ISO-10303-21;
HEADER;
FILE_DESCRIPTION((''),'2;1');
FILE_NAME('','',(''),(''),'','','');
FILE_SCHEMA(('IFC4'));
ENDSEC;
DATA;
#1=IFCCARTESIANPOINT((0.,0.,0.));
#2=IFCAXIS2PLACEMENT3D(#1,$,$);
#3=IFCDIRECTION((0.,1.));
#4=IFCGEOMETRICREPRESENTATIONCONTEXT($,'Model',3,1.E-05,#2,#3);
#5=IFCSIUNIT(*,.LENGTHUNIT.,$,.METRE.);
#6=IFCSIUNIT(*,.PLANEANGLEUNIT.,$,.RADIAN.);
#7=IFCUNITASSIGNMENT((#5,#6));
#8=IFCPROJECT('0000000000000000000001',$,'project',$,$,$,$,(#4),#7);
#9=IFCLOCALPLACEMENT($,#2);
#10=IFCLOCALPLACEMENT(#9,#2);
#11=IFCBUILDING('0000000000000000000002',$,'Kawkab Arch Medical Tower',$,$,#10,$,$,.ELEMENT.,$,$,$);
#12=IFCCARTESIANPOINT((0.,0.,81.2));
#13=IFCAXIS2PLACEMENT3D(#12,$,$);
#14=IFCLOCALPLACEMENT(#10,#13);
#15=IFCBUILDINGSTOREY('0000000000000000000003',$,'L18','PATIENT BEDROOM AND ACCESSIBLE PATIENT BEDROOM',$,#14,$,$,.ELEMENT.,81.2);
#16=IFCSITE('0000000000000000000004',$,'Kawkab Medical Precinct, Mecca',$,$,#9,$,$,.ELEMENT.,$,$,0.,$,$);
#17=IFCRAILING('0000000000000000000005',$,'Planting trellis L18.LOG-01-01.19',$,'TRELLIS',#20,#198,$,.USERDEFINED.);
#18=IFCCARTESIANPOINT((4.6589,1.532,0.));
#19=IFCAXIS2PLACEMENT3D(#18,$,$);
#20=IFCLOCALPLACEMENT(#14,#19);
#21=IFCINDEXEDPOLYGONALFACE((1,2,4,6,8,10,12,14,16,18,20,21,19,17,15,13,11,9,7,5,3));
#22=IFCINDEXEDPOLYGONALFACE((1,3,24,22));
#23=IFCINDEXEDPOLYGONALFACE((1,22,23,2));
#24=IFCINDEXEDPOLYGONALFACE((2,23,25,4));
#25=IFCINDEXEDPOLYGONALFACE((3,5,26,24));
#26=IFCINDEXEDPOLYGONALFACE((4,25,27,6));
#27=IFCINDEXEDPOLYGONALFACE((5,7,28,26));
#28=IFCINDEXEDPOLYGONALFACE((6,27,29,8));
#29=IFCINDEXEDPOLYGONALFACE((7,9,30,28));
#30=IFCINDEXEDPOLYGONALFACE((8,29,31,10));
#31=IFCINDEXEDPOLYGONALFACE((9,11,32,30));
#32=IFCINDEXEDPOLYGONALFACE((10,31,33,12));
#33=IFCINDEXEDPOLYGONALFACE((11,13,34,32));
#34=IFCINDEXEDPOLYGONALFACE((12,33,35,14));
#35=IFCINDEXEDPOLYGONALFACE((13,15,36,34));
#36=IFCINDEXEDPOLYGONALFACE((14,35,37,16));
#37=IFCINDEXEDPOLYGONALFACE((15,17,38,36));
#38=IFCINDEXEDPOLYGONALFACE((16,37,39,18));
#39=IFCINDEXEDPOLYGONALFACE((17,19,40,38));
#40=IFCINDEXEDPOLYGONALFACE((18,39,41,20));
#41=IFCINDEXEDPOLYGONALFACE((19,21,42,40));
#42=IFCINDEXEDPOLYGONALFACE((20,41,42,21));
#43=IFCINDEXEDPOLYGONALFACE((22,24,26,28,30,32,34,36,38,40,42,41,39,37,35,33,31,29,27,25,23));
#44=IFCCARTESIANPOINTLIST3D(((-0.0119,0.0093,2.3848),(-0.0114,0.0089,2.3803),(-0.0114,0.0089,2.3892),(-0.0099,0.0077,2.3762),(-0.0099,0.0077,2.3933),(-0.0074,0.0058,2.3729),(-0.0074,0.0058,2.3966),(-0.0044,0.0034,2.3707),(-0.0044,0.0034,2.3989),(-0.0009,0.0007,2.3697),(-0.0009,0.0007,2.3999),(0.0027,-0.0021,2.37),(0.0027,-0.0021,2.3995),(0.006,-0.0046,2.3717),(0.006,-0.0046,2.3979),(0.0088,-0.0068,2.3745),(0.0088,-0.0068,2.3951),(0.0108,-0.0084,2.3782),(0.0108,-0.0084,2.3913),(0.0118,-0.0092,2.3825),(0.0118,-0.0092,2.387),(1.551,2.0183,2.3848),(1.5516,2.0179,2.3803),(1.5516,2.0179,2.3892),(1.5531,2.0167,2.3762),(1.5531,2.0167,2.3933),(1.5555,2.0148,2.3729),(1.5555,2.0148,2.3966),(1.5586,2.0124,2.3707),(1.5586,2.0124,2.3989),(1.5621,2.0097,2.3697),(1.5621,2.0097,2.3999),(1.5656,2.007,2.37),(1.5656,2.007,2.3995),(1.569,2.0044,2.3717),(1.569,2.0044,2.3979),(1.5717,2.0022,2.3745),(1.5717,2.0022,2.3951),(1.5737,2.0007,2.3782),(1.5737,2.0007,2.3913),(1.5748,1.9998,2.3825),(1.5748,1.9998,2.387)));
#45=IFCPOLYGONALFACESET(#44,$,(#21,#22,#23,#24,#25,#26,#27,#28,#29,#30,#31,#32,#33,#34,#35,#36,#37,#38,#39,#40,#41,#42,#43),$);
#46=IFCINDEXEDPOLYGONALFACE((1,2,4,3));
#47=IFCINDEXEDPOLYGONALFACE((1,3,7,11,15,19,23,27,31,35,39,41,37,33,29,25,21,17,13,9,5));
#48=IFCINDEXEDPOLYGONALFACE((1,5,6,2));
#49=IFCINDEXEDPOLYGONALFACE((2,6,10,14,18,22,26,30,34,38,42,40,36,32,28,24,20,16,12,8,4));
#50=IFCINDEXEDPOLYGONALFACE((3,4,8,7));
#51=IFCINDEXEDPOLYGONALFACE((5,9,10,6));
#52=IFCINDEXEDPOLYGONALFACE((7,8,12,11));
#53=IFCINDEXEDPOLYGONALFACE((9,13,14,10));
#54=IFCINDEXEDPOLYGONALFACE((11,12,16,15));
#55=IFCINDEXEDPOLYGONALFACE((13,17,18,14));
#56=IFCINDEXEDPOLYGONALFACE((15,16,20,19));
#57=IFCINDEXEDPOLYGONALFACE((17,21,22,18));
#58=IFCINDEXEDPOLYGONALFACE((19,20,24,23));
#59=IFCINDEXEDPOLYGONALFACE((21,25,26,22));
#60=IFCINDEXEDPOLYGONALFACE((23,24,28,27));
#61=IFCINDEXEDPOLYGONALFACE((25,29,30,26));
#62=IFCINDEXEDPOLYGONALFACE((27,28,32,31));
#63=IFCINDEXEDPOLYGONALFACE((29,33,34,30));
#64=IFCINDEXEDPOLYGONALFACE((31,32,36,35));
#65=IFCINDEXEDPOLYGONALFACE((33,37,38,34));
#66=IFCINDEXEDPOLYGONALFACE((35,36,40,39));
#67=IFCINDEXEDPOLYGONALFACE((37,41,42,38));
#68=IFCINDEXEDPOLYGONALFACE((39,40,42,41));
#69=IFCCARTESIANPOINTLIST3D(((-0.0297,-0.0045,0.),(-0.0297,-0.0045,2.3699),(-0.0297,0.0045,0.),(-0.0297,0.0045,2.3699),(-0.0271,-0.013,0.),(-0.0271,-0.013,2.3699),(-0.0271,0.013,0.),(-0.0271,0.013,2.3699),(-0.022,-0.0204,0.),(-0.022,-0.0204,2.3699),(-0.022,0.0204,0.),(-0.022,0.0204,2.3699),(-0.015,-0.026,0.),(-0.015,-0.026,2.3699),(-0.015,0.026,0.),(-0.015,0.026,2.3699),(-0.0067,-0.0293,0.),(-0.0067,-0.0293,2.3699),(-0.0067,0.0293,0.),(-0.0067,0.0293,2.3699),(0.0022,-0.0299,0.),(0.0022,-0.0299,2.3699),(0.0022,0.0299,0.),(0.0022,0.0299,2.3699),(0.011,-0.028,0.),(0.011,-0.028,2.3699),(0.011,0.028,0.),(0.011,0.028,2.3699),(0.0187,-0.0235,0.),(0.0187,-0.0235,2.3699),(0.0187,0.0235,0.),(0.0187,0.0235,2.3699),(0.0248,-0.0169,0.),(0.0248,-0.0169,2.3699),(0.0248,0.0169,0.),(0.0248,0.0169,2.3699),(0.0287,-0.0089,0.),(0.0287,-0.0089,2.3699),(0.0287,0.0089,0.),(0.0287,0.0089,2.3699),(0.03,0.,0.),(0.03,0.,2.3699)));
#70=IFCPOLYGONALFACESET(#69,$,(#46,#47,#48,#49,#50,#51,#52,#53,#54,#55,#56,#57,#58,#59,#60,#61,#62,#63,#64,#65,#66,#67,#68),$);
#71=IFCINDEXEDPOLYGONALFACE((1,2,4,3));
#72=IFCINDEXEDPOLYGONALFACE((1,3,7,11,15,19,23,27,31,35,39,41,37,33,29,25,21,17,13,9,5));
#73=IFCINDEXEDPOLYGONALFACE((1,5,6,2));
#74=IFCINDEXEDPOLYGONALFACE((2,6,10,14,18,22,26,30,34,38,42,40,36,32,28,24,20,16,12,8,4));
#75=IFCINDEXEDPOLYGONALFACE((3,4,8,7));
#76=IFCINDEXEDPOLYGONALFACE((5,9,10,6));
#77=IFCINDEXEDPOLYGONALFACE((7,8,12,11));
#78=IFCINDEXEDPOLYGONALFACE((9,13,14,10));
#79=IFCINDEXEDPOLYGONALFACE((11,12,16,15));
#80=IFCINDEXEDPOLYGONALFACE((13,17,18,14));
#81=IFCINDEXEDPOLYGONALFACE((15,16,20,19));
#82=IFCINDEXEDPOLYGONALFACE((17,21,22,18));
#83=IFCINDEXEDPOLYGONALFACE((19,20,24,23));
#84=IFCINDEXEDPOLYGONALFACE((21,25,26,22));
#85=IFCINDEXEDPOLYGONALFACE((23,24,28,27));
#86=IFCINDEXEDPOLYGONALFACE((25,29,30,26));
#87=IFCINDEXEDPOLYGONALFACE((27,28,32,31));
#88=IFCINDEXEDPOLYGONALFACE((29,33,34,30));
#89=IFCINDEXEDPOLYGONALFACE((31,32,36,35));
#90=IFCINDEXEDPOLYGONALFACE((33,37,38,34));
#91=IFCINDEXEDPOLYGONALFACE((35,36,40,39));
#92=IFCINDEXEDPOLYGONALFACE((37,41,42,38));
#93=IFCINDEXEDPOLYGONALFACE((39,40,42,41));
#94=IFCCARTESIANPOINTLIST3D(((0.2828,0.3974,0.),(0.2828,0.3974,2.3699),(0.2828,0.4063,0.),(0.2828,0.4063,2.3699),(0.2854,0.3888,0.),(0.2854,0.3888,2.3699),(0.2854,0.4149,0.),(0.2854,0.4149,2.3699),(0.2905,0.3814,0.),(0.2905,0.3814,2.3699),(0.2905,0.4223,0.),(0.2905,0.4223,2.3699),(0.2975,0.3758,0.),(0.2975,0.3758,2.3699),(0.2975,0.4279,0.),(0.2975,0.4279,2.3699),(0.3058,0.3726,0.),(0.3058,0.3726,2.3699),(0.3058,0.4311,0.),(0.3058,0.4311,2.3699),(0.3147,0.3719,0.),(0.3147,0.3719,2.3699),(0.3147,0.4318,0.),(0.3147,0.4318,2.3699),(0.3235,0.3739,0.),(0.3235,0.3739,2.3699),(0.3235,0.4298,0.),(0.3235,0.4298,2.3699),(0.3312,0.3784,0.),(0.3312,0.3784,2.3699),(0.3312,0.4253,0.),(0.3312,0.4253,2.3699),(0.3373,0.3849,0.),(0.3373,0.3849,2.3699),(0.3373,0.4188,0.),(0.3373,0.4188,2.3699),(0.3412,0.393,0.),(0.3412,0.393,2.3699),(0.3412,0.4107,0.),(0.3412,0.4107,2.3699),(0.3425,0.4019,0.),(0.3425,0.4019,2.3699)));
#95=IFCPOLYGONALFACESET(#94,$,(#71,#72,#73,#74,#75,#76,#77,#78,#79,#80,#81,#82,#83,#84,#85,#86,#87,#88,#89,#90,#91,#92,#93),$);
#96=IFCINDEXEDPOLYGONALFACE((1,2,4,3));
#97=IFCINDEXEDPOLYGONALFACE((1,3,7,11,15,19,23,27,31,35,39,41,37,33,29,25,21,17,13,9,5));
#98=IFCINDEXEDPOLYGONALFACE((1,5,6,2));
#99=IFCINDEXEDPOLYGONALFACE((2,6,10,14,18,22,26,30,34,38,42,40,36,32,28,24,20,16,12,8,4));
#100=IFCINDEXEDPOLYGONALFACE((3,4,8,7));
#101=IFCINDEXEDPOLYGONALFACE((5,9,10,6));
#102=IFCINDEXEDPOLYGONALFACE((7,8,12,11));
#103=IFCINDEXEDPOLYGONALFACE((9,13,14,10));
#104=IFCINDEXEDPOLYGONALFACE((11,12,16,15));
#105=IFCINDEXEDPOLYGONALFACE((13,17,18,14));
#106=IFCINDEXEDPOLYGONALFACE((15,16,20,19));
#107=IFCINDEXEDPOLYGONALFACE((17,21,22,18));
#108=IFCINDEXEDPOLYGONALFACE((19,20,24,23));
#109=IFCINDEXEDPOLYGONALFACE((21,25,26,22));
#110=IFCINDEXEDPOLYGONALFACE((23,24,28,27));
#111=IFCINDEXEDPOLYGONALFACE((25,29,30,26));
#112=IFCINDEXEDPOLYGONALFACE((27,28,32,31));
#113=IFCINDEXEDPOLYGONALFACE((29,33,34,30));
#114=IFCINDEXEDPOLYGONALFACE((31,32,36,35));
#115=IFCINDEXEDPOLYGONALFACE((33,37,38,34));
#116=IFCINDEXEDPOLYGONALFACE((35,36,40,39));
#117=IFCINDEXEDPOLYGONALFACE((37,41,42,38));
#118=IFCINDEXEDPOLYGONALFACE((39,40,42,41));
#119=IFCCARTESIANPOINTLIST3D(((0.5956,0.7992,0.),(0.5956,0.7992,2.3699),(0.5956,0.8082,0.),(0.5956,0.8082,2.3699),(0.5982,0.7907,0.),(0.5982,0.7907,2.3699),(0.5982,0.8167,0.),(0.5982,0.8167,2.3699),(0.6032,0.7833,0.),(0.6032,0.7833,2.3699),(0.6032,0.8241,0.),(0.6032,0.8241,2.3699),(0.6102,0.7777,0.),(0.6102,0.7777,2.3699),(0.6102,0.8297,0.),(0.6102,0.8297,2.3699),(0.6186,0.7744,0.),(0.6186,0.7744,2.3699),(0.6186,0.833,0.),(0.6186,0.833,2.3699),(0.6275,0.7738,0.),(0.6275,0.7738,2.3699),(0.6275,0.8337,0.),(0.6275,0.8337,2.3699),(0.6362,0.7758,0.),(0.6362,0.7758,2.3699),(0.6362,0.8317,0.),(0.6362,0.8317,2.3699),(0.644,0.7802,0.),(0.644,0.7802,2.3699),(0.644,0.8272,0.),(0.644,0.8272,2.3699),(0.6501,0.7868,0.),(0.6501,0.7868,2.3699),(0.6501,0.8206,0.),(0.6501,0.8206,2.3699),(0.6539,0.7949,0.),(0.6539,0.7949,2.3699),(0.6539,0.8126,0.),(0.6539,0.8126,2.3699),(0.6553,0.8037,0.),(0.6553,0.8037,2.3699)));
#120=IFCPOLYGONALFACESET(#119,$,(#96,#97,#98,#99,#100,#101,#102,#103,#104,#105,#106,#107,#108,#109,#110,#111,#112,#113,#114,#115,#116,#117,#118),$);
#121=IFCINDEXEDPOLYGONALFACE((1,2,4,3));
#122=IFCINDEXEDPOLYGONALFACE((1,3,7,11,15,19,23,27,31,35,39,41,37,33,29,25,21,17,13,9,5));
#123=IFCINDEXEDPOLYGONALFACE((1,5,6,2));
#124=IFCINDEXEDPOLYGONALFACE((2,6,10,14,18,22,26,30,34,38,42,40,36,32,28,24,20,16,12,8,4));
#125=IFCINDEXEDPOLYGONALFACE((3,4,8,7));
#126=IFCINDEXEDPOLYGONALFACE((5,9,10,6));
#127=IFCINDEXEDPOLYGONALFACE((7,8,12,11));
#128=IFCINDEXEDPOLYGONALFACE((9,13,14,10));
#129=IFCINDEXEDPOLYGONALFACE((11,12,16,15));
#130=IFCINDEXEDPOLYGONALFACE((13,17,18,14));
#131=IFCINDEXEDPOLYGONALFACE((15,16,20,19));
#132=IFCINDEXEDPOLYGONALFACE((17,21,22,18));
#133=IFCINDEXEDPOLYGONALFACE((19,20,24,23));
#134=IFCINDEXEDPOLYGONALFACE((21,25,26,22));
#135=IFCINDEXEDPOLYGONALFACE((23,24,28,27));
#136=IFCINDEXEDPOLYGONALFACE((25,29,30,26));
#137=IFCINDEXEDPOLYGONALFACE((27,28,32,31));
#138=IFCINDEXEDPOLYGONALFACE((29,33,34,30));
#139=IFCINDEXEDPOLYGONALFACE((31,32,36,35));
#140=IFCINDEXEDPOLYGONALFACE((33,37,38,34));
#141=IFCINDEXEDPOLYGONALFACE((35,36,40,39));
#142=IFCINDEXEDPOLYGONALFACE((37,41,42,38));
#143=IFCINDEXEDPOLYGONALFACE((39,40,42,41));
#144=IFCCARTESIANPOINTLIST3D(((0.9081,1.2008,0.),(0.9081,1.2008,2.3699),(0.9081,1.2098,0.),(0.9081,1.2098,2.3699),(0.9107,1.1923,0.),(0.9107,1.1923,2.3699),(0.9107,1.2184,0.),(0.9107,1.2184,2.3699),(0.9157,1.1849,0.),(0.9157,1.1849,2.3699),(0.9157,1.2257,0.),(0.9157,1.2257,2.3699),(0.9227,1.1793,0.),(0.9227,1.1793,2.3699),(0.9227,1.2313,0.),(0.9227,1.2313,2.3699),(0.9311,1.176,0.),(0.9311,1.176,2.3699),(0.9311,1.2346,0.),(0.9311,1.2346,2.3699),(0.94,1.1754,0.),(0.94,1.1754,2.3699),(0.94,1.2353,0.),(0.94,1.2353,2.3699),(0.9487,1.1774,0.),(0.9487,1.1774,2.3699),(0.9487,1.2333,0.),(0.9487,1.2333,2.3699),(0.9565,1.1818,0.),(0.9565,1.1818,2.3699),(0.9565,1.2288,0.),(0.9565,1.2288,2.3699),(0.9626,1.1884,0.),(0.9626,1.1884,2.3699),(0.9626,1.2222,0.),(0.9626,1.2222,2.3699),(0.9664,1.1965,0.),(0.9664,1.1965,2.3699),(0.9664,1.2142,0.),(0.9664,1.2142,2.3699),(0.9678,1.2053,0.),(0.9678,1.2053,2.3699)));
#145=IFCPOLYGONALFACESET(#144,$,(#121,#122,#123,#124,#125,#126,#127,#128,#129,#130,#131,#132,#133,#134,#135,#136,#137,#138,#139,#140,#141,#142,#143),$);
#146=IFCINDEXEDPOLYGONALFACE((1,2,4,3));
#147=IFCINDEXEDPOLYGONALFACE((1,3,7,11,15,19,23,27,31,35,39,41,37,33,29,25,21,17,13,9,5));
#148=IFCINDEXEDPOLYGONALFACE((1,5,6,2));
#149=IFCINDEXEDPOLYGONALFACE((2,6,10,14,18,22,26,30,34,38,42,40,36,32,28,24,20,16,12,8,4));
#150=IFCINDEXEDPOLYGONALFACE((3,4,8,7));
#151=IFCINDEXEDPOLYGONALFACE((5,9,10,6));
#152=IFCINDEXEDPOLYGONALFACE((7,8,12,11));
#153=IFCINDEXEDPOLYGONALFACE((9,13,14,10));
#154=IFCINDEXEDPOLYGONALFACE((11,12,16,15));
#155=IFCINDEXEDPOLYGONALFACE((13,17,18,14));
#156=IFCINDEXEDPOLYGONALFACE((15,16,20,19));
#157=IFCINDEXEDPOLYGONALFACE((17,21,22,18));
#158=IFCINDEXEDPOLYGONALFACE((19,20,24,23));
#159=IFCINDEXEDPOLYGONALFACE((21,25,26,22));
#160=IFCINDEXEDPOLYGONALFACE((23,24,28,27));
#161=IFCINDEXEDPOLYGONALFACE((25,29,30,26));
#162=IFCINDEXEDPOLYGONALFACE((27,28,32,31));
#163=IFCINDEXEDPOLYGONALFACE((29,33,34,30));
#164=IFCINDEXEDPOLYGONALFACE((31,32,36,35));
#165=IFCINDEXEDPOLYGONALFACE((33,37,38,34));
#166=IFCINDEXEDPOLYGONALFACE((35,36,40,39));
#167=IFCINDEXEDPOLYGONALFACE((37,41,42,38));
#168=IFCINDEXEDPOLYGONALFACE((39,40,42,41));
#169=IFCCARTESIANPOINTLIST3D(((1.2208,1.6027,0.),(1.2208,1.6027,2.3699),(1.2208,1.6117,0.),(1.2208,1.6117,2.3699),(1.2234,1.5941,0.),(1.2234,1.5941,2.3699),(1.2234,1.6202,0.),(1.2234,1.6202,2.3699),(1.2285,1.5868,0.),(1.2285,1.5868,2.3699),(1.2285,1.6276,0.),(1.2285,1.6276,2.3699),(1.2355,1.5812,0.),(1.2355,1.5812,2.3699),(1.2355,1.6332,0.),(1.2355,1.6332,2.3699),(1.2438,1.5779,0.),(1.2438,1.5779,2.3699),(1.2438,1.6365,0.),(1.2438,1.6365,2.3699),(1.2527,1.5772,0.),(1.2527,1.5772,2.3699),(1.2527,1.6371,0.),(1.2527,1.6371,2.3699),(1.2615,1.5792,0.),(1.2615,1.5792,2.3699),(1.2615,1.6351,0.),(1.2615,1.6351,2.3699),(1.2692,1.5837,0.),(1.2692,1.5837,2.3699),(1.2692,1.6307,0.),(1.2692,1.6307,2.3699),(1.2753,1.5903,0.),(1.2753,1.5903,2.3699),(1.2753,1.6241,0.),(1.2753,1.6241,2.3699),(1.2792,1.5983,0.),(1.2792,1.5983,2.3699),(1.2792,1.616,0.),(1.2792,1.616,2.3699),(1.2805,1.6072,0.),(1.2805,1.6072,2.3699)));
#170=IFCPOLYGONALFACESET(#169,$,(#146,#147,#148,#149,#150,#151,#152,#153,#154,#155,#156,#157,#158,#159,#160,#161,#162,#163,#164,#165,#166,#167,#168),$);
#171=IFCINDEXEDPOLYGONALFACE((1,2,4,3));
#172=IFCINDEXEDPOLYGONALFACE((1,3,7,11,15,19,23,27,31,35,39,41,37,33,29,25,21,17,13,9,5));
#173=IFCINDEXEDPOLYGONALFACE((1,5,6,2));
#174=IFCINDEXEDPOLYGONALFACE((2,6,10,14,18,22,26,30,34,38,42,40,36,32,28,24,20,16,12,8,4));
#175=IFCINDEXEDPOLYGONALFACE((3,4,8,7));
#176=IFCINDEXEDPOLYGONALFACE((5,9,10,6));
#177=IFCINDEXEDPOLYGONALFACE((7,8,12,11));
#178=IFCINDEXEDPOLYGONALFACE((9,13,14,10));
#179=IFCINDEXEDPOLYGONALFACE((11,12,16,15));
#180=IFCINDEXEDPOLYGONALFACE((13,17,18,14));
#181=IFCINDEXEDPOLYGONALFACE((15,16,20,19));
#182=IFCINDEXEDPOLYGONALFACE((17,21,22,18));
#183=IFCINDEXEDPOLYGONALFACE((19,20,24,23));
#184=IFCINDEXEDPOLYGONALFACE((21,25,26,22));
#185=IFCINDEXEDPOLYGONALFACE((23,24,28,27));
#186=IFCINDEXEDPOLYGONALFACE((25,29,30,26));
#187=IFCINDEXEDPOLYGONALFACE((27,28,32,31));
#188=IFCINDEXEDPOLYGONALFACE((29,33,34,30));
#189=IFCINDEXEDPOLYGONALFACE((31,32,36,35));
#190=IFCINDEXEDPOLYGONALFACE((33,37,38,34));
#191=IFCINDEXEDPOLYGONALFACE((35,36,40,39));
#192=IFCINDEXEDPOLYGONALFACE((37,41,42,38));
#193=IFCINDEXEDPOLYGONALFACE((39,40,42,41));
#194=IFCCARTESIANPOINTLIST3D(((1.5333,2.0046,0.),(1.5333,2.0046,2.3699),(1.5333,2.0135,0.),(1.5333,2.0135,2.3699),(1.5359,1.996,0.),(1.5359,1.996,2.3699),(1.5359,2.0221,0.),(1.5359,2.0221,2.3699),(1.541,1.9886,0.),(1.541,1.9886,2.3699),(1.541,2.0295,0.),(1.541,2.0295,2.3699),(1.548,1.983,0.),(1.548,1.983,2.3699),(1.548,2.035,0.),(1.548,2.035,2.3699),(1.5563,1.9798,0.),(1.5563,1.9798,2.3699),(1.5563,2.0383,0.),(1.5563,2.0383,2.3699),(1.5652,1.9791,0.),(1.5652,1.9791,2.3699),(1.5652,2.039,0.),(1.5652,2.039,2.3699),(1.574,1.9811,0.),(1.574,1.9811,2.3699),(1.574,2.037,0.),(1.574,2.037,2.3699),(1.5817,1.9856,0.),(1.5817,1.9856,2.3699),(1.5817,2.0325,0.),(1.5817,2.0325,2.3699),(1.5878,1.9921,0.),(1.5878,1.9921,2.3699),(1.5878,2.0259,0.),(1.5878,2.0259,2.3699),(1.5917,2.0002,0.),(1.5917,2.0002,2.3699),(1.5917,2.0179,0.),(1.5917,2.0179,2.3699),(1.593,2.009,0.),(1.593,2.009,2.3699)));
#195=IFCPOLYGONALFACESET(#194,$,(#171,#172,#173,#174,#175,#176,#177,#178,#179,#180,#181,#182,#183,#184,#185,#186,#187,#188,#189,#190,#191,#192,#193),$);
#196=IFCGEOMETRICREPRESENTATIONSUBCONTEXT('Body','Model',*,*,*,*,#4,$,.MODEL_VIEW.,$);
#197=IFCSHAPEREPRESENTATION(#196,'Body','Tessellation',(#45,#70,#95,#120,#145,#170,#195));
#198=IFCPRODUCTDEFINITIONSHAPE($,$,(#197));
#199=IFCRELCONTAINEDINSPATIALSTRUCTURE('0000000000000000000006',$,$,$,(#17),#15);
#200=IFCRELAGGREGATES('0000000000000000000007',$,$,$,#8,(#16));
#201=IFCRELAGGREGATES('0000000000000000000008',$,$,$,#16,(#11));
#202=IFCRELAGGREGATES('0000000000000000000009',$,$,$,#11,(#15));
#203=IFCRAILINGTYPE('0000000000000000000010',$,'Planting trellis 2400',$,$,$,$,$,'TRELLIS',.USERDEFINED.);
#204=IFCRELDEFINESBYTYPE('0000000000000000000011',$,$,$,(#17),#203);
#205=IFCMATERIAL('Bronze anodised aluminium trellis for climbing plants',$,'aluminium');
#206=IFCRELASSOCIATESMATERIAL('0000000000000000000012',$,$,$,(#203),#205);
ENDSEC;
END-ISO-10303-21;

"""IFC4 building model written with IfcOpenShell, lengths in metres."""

from ifc_helpers import new_model, si_unit, direction, frame, origin, origin_2d, place, context, subcontext, project, spatial, circle, extrude, material, type_object, element, save


model = new_model("IFC4")

# Units and contexts
model_context = context("Model", 3, precision=1e-05, world=origin(), true_north=direction((0.0, 1.0)))
body_context = subcontext(model_context, "Body", "Model", "MODEL_VIEW")
ifc_project = project(units=[si_unit("LENGTHUNIT", "METRE"), si_unit("PLANEANGLEUNIT", "RADIAN")], contexts=[model_context])

# Site, building, storey
site_placement = place(None, origin())
site = spatial("IfcSite", under=ifc_project, at=site_placement, Name="Kawkab Medical Precinct, Mecca", CompositionType="ELEMENT", RefElevation=0.0)
building_placement = place(site_placement, origin())
building = spatial("IfcBuilding", under=site, at=building_placement, Name="Kawkab Arch Medical Tower", CompositionType="ELEMENT")
storey_placement = place(building_placement, frame((0.0, 0.0, 81.2)))
storey = spatial("IfcBuildingStorey", under=building, at=storey_placement, Name="L18", Description="PATIENT BEDROOM AND ACCESSIBLE PATIENT BEDROOM", CompositionType="ELEMENT", Elevation=81.2)

# Railing
ifc_material_1 = material(Name="Bronze anodised aluminium trellis for climbing plants", Category="aluminium")
railing_type_1 = type_object("IfcRailingType", Name="Planting trellis 2400", ElementType="TRELLIS", PredefinedType="USERDEFINED", material=ifc_material_1)
railing_1_placement = place(storey_placement, frame((4.6589, 1.532, 0.0)))
element("IfcRailing", 1, at=railing_1_placement, inside=storey, type_object=railing_type_1, Name="Planting trellis L18.LOG-01-01.19", ObjectType="TRELLIS", PredefinedType="USERDEFINED", context=body_context, shape_type="SweptSolid", body=[
    extrude(circle(Radius=0.0151, at=origin_2d()), frame((0.0, 0.0, 2.3848), z_axis=(0.61404, 0.789275, 0.0), x_axis=(-0.789275, 0.61404, 0.0)), (0.0, 0.0, 1.0), 2.5454),
    extrude(circle(Radius=0.03, at=origin_2d()), origin(), (0.0, 0.0, 1.0), 2.3699),
    extrude(circle(Radius=0.03, at=origin_2d()), frame((0.3125, 0.4019, 0.0)), (0.0, 0.0, 1.0), 2.3699),
    extrude(circle(Radius=0.03, at=origin_2d()), frame((0.6252, 0.8037, 0.0)), (0.0, 0.0, 1.0), 2.3699),
    extrude(circle(Radius=0.03, at=origin_2d()), frame((0.9377, 1.2053, 0.0)), (0.0, 0.0, 1.0), 2.3699),
    extrude(circle(Radius=0.03, at=origin_2d()), frame((1.2505, 1.6072, 0.0)), (0.0, 0.0, 1.0), 2.3699),
    extrude(circle(Radius=0.03, at=origin_2d()), frame((1.563, 2.009, 0.0)), (0.0, 0.0, 1.0), 2.3699),
])

save(model, "model.ifc")
